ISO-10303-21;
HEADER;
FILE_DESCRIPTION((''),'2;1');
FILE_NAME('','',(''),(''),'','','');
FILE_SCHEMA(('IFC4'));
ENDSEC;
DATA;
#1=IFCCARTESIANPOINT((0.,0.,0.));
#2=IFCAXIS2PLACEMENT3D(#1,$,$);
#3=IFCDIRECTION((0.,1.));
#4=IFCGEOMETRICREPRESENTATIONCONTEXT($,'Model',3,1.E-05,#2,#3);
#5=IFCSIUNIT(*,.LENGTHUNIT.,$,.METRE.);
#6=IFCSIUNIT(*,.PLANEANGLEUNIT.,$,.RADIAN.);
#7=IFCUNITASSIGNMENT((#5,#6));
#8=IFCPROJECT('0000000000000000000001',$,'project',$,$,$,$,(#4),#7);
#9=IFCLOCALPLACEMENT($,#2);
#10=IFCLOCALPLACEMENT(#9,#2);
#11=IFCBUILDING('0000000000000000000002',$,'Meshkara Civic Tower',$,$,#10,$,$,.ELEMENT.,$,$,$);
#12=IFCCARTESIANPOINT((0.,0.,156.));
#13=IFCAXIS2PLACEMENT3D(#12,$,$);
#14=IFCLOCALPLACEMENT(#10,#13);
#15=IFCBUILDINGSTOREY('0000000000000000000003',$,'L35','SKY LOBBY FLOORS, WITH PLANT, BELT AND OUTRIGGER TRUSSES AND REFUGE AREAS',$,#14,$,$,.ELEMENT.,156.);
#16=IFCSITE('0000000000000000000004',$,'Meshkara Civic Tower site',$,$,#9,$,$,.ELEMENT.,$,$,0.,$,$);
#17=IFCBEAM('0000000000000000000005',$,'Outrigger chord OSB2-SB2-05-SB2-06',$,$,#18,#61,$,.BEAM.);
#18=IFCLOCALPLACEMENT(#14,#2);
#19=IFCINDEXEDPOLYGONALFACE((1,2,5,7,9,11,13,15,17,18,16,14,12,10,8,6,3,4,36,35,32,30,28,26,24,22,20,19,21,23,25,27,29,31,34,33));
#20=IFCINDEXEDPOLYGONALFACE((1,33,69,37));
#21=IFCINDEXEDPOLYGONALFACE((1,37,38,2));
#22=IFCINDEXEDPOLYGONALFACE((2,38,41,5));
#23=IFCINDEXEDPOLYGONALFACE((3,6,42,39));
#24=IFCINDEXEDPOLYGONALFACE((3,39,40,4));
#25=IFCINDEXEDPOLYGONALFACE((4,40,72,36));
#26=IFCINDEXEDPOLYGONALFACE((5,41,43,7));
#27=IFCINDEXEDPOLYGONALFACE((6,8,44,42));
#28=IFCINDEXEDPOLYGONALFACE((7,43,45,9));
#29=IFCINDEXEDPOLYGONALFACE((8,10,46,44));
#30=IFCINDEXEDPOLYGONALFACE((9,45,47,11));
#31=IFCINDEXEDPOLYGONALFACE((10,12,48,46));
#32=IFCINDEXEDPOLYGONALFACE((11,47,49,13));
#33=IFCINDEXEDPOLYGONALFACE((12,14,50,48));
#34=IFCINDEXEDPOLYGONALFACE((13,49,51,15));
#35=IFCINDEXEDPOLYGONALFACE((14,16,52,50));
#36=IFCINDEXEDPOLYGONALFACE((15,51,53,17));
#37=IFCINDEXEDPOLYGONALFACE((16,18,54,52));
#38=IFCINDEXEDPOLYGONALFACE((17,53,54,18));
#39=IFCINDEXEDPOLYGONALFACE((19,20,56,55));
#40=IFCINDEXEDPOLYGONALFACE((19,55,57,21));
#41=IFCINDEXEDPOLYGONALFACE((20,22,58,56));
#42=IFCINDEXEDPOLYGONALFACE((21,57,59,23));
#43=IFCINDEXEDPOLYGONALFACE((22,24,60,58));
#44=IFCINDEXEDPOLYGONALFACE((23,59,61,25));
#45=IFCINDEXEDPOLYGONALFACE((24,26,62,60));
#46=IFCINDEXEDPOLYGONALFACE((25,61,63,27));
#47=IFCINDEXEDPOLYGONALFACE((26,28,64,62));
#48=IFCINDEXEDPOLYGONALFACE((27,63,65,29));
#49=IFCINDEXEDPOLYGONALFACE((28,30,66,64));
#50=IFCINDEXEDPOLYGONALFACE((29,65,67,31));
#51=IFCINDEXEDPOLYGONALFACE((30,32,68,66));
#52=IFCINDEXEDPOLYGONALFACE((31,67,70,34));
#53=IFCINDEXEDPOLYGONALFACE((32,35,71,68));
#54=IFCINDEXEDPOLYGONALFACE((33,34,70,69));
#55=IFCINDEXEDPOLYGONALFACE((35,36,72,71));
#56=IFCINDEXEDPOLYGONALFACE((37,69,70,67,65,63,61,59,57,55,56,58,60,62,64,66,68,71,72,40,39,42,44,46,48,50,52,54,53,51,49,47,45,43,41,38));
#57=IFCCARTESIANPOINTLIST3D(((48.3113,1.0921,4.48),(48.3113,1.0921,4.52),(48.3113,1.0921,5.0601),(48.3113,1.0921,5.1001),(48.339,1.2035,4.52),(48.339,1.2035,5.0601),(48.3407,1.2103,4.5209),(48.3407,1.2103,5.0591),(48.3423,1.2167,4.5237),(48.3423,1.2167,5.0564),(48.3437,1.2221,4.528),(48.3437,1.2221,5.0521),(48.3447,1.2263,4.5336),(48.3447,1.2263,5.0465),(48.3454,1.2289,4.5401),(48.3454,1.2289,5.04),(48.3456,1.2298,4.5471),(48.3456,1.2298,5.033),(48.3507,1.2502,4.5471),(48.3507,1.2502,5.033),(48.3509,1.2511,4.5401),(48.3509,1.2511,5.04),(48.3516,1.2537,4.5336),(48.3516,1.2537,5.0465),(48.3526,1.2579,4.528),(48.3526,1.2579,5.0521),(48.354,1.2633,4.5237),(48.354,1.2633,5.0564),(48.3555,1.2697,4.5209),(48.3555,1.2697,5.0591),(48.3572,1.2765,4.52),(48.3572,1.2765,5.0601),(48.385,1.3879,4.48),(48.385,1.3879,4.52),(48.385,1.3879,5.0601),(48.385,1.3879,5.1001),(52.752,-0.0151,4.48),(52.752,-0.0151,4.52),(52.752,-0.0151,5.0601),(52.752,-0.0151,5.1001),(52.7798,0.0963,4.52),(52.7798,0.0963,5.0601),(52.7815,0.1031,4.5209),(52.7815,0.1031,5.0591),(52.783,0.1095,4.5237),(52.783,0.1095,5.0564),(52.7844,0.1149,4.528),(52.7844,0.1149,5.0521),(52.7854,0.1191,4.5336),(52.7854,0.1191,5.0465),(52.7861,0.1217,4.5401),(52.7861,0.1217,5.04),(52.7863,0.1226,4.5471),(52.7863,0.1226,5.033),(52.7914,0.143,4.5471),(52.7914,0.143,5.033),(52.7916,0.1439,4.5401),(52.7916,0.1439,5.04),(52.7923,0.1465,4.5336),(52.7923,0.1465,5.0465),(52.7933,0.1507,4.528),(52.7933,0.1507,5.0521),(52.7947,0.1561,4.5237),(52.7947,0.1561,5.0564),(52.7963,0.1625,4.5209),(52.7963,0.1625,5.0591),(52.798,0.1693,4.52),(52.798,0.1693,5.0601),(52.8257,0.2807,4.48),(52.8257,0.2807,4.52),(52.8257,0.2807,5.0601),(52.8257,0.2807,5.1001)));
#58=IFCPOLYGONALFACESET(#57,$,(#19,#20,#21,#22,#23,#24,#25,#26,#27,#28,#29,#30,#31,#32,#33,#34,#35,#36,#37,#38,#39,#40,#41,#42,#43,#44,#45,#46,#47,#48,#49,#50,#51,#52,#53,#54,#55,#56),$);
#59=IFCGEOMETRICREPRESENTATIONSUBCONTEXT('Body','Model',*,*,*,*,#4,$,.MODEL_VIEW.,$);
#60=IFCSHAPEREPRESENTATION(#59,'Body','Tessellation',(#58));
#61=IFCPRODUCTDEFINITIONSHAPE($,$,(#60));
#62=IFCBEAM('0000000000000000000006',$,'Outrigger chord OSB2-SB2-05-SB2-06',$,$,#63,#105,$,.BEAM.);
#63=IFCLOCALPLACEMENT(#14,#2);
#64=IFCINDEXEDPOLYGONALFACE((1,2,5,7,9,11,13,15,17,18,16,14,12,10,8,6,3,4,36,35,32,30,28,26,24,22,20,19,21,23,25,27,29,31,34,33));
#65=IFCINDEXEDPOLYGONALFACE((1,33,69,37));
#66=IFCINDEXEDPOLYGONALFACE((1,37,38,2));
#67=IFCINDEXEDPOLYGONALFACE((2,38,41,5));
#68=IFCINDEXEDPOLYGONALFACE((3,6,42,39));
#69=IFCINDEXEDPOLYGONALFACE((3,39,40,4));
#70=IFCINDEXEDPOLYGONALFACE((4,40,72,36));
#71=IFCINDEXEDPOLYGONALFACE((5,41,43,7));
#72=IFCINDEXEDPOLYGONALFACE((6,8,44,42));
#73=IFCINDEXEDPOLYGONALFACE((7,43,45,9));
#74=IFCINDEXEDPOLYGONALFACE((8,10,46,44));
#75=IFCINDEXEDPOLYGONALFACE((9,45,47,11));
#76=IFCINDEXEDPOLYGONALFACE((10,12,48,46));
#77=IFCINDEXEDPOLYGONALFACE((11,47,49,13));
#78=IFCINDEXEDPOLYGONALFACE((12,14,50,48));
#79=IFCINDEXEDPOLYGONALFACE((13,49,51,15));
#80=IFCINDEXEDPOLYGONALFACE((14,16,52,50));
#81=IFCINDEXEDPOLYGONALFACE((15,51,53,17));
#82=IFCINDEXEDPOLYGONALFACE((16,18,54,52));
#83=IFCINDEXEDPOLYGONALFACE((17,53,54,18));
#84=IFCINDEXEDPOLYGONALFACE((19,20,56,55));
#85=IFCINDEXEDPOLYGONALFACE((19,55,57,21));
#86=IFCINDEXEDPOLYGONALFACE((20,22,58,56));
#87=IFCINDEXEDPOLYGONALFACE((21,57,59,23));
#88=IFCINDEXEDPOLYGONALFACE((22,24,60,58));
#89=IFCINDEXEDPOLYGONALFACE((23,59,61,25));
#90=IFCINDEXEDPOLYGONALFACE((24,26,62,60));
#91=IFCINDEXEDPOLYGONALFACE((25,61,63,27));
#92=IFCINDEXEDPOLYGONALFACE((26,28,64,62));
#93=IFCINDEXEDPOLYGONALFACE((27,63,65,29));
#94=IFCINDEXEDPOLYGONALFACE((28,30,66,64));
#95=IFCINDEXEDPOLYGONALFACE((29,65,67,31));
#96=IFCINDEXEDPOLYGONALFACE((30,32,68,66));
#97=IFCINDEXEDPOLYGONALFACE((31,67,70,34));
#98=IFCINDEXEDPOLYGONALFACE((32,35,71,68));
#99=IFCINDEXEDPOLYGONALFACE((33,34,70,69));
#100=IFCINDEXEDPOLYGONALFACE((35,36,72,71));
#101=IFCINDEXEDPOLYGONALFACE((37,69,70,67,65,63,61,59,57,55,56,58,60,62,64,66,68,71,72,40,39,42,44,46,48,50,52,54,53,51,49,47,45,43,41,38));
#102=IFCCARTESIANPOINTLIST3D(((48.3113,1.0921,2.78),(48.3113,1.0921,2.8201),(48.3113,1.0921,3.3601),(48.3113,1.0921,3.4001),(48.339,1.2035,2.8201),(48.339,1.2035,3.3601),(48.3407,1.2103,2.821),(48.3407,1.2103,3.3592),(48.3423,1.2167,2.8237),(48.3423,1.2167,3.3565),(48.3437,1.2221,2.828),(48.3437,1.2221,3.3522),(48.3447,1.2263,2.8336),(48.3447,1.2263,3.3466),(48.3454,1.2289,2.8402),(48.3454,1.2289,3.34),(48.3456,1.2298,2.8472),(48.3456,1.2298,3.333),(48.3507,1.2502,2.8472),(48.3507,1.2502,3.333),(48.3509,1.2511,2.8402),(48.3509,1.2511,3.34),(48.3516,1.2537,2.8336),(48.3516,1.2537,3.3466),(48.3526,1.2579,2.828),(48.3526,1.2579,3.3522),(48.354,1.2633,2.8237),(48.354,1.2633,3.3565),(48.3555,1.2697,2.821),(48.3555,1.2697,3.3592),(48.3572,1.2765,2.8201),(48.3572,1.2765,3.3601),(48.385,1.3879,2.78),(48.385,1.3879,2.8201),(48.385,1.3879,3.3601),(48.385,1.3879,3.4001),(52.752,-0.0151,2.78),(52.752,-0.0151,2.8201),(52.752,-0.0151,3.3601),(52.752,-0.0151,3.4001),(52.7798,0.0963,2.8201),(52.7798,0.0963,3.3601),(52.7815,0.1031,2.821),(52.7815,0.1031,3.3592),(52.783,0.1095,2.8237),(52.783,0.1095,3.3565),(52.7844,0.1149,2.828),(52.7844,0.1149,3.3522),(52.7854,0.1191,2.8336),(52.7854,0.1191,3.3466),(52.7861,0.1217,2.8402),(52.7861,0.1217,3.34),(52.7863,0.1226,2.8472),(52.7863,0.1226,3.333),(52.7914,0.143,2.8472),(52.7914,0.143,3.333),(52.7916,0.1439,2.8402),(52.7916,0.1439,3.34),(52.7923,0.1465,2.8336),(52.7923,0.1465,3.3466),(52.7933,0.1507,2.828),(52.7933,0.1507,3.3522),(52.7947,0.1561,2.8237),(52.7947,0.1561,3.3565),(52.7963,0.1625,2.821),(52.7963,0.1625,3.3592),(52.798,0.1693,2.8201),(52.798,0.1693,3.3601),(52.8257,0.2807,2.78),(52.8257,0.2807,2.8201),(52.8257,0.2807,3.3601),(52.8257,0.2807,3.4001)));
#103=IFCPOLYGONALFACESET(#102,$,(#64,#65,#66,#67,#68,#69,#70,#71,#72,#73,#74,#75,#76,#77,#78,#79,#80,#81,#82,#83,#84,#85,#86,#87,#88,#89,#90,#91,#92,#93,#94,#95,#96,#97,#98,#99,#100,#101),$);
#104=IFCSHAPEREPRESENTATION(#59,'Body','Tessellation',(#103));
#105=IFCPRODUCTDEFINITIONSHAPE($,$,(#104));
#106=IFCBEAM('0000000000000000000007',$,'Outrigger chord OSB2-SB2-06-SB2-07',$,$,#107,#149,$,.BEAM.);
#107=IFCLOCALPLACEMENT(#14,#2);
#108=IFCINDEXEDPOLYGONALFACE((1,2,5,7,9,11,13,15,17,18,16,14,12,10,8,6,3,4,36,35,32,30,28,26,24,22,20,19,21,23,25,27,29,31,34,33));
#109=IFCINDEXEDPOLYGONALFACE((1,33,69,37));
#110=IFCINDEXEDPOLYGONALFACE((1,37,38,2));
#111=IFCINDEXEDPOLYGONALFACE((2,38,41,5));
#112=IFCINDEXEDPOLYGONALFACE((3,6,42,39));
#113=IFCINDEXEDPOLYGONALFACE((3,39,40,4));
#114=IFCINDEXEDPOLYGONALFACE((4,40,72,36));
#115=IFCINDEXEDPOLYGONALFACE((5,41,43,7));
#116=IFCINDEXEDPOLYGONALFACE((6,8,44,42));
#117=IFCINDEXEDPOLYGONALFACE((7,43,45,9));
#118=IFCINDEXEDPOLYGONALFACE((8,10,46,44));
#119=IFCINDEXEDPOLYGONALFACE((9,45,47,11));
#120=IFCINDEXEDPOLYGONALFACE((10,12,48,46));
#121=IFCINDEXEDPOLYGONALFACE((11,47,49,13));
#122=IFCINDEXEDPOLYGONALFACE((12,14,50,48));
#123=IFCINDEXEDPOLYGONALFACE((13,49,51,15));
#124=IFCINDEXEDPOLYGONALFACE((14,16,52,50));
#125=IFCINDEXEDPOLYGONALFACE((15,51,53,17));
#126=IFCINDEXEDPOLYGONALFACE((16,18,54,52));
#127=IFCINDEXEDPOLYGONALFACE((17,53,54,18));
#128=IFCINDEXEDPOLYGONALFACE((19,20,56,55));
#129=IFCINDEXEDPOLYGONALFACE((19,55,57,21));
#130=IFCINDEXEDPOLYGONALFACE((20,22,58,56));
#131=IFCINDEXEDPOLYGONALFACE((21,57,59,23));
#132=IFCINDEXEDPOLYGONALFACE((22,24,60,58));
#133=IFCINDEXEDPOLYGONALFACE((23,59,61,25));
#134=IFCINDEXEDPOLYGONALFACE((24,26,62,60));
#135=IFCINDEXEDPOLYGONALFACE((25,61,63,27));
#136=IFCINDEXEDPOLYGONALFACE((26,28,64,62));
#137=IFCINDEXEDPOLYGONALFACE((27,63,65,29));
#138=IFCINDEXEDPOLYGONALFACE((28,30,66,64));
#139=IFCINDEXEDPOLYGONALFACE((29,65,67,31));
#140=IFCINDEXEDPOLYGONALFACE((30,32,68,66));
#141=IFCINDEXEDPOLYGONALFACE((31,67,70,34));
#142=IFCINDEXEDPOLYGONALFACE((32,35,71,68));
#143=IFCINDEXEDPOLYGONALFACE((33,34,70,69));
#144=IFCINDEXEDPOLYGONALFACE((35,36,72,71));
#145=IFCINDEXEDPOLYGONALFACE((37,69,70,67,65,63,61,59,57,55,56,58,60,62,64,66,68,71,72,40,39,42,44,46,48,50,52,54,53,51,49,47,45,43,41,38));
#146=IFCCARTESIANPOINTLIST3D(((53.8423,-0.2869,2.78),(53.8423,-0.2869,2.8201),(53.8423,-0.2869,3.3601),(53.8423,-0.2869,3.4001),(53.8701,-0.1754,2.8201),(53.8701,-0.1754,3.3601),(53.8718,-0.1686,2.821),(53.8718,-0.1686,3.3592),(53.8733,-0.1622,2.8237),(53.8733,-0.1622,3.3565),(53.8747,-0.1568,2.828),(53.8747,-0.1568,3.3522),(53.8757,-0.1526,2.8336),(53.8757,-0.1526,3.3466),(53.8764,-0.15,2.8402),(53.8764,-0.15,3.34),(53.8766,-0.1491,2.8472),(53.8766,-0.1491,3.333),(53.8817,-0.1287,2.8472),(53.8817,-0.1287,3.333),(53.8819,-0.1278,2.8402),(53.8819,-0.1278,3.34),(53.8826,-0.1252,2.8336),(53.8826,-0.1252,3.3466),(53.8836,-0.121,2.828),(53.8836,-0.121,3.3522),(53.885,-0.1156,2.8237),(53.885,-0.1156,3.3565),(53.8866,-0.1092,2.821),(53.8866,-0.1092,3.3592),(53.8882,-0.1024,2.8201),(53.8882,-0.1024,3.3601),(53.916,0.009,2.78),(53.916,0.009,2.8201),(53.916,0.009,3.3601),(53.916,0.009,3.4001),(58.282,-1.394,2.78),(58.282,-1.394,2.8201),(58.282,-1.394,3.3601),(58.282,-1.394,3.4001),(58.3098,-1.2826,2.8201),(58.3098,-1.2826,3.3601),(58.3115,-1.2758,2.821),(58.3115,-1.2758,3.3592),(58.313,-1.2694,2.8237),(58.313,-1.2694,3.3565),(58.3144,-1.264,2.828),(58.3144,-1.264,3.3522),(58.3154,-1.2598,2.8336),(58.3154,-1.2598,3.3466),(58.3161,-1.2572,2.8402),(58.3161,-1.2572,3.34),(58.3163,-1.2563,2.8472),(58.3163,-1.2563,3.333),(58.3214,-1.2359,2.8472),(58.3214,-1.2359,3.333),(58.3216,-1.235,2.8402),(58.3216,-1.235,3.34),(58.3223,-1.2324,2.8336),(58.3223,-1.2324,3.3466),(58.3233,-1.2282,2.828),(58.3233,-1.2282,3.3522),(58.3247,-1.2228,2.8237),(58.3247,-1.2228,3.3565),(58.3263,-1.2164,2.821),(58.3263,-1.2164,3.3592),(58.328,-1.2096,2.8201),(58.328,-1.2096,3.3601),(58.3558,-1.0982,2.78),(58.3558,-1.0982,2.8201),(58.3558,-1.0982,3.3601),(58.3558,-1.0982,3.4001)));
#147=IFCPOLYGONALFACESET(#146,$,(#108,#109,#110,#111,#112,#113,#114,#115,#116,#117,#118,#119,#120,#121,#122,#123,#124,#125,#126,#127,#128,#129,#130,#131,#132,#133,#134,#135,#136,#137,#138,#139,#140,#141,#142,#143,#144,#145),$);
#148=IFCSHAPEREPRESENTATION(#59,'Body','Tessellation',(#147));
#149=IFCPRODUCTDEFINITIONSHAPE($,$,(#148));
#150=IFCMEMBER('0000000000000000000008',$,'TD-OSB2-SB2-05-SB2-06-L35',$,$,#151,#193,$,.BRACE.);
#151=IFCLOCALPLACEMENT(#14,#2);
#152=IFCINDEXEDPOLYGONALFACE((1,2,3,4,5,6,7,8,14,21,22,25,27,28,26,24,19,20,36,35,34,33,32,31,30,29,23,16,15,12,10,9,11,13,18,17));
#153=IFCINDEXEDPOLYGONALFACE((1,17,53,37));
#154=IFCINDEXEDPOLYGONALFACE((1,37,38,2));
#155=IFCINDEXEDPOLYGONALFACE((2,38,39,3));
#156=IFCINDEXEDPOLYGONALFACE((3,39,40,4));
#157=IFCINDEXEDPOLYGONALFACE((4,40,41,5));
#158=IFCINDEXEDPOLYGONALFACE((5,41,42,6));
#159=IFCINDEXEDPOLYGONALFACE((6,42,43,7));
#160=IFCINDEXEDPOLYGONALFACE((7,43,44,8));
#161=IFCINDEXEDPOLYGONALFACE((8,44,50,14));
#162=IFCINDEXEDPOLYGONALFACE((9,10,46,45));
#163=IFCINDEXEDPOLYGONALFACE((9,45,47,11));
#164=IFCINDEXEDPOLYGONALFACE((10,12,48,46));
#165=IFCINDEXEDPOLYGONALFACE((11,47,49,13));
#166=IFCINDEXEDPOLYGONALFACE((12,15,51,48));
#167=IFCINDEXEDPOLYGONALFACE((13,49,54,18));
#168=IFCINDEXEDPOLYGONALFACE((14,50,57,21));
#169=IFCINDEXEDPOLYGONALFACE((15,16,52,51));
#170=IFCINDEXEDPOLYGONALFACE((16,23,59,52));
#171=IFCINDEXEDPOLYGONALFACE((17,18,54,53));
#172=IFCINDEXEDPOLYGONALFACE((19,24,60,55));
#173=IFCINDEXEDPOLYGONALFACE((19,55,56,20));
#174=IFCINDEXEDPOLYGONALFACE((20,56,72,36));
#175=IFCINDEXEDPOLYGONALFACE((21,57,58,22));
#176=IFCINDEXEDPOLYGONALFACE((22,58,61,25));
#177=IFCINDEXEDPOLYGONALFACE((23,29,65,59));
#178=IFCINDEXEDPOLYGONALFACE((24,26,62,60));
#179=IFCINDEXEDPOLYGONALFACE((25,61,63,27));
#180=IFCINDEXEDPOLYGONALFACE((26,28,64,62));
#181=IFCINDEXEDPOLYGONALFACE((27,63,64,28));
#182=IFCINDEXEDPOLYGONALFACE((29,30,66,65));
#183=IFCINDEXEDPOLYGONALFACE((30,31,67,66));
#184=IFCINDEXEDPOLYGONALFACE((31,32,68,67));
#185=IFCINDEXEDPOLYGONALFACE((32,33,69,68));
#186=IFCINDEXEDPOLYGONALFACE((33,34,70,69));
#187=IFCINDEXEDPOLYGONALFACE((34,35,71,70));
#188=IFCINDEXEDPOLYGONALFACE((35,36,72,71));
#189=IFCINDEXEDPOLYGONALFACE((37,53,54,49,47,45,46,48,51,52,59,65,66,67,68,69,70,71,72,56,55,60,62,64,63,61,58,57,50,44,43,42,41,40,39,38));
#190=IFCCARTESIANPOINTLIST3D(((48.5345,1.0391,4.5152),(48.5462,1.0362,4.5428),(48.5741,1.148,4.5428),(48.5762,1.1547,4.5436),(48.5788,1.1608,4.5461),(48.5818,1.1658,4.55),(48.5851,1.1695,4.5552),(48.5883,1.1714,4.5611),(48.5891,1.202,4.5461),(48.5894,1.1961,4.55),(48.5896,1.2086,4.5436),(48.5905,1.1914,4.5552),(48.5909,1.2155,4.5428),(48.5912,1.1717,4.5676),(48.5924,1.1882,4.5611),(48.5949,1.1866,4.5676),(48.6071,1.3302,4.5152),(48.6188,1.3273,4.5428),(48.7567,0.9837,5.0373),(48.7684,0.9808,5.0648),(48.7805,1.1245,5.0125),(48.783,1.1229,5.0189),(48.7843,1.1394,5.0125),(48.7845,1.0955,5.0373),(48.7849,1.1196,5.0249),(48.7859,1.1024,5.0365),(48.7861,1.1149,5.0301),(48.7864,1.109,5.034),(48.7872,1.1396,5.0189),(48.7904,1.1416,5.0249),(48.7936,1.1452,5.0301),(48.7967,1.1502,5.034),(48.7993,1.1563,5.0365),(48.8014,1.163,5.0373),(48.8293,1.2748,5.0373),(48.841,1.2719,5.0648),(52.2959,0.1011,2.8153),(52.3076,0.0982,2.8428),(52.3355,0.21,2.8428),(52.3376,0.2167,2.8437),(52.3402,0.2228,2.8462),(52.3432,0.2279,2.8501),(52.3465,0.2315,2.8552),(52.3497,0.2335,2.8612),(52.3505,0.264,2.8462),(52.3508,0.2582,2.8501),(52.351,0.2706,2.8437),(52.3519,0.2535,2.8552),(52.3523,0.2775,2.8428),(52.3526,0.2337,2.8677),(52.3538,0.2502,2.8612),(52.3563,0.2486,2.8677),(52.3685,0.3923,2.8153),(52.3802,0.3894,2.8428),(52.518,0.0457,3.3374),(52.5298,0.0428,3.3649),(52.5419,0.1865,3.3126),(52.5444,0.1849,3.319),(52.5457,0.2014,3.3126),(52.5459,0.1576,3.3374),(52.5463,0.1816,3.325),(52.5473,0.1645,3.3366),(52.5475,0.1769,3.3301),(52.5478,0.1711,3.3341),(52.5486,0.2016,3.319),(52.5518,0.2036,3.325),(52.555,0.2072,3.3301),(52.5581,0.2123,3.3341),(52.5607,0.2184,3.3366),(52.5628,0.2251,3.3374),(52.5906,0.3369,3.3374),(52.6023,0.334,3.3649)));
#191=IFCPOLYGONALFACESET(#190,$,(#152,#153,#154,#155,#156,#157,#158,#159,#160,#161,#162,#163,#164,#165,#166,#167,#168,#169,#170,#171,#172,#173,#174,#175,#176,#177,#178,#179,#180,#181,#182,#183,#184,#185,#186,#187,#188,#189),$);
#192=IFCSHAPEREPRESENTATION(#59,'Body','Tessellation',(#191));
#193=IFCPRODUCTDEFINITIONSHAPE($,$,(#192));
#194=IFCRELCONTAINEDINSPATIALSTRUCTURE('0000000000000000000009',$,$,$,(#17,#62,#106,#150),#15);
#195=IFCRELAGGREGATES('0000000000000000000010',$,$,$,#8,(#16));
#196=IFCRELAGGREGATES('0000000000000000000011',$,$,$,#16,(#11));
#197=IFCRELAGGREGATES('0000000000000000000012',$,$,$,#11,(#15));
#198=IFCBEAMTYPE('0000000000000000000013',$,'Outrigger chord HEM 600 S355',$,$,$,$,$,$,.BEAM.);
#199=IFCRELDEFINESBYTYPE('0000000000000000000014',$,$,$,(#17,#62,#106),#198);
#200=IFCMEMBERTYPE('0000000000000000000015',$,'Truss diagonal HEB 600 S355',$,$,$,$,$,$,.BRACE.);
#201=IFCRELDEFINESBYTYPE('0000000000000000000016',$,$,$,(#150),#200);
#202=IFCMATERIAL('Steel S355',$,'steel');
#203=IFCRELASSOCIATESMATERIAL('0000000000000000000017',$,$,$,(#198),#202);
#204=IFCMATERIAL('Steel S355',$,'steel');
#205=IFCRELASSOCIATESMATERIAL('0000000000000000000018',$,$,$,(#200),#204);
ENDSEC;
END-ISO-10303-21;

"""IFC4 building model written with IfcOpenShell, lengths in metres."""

from ifc_helpers import new_model, si_unit, direction, frame, origin, origin_2d, place, context, subcontext, project, spatial, i_section, extrude, material, material_profile, profile_set, type_object, element, save


model = new_model("IFC4")

# Units and contexts
model_context = context("Model", 3, precision=1e-05, world=origin(), true_north=direction((0.0, 1.0)))
body_context = subcontext(model_context, "Body", "Model", "MODEL_VIEW")
ifc_project = project(units=[si_unit("LENGTHUNIT", "METRE"), si_unit("PLANEANGLEUNIT", "RADIAN")], contexts=[model_context])

# Site, building, storey
site_placement = place(None, origin())
site = spatial("IfcSite", under=ifc_project, at=site_placement, Name="Meshkara Civic Tower site", CompositionType="ELEMENT", RefElevation=0.0)
building_placement = place(site_placement, origin())
building = spatial("IfcBuilding", under=site, at=building_placement, Name="Meshkara Civic Tower", CompositionType="ELEMENT")
storey_placement = place(building_placement, frame((0.0, 0.0, 156.0)))
storey = spatial("IfcBuildingStorey", under=building, at=storey_placement, Name="L35", Description="SKY LOBBY FLOORS, WITH PLANT, BELT AND OUTRIGGER TRUSSES AND REFUGE AREAS", CompositionType="ELEMENT", Elevation=156.0)

# Beams
ifc_material_1 = material(Name="Steel S355", Category="steel")
ifc_material_profile_1 = material_profile(ifc_material_1, i_section(OverallWidth=0.3049, OverallDepth=0.6201, WebThickness=0.021, FlangeThickness=0.04, FilletRadius=0.0271, at=origin_2d()))
ifc_profile_set_1 = profile_set([ifc_material_profile_1], Name="Steel S355")
beam_type_1 = type_object("IfcBeamType", Name="Outrigger chord HEM 600 S355", PredefinedType="BEAM", material=ifc_profile_set_1)
for number, where, z_axis, x_axis, name in (
    (1, (48.3481, 1.24, 4.79), (0.970296, -0.241921, 0.0), (0.241921, 0.970296, 0.0), "Outrigger chord OSB2-SB2-05-SB2-06"),
    (2, (48.3481, 1.24, 3.0901), (0.970296, -0.241921, 0.0), (0.241921, 0.970296, 0.0), "Outrigger chord OSB2-SB2-05-SB2-06"),
):
    element("IfcBeam", number, at=place(storey_placement, frame(where, z_axis=z_axis, x_axis=x_axis)), inside=storey, type_object=beam_type_1, Name=name, PredefinedType="BEAM", context=body_context, shape_type="SweptSolid", body=[
        extrude(i_section(OverallWidth=0.3049, OverallDepth=0.6201, WebThickness=0.021, FlangeThickness=0.04, FilletRadius=0.0271, at=origin_2d()), origin(), (0.0, 0.0, 1.0), 4.5767),
    ])
beam_placement = place(storey_placement, frame((53.8792, -0.1389, 3.0901), z_axis=(0.970284, -0.241971, 0.0), x_axis=(0.241971, 0.970284, 0.0)))
element("IfcBeam", 3, at=beam_placement, inside=storey, type_object=beam_type_1, Name="Outrigger chord OSB2-SB2-06-SB2-07", PredefinedType="BEAM", context=body_context, shape_type="SweptSolid", body=[
    extrude(i_section(OverallWidth=0.3049, OverallDepth=0.6201, WebThickness=0.021, FlangeThickness=0.04, FilletRadius=0.0271, at=origin_2d()), origin(), (0.0, 0.0, 1.0), 4.5757),
])

# Member
ifc_material_2 = material(Name="Steel S355", Category="steel")
ifc_material_profile_2 = material_profile(ifc_material_2, i_section(OverallWidth=0.3, OverallDepth=0.6001, WebThickness=0.0154, FlangeThickness=0.03, FilletRadius=0.0271, at=origin_2d()))
ifc_profile_set_2 = profile_set([ifc_material_profile_2], Name="Steel S355")
member_type_1 = type_object("IfcMemberType", Name="Truss diagonal HEB 600 S355", PredefinedType="BRACE", material=ifc_profile_set_2)
member_1_placement = place(storey_placement, frame((48.6877, 1.1555, 4.79), z_axis=(0.888606, -0.221589, -0.401594), x_axis=(0.241958, 0.970287, 0.0)))
element("IfcMember", 4, at=member_1_placement, inside=storey, type_object=member_type_1, Name="TD-OSB2-SB2-05-SB2-06-L35", PredefinedType="BRACE", context=body_context, shape_type="SweptSolid", body=[
    extrude(i_section(OverallWidth=0.3, OverallDepth=0.6001, WebThickness=0.0154, FlangeThickness=0.03, FilletRadius=0.0271, at=origin_2d()), origin(), (0.0, 0.0, 1.0), 4.2329),
])

save(model, "model.ifc")
